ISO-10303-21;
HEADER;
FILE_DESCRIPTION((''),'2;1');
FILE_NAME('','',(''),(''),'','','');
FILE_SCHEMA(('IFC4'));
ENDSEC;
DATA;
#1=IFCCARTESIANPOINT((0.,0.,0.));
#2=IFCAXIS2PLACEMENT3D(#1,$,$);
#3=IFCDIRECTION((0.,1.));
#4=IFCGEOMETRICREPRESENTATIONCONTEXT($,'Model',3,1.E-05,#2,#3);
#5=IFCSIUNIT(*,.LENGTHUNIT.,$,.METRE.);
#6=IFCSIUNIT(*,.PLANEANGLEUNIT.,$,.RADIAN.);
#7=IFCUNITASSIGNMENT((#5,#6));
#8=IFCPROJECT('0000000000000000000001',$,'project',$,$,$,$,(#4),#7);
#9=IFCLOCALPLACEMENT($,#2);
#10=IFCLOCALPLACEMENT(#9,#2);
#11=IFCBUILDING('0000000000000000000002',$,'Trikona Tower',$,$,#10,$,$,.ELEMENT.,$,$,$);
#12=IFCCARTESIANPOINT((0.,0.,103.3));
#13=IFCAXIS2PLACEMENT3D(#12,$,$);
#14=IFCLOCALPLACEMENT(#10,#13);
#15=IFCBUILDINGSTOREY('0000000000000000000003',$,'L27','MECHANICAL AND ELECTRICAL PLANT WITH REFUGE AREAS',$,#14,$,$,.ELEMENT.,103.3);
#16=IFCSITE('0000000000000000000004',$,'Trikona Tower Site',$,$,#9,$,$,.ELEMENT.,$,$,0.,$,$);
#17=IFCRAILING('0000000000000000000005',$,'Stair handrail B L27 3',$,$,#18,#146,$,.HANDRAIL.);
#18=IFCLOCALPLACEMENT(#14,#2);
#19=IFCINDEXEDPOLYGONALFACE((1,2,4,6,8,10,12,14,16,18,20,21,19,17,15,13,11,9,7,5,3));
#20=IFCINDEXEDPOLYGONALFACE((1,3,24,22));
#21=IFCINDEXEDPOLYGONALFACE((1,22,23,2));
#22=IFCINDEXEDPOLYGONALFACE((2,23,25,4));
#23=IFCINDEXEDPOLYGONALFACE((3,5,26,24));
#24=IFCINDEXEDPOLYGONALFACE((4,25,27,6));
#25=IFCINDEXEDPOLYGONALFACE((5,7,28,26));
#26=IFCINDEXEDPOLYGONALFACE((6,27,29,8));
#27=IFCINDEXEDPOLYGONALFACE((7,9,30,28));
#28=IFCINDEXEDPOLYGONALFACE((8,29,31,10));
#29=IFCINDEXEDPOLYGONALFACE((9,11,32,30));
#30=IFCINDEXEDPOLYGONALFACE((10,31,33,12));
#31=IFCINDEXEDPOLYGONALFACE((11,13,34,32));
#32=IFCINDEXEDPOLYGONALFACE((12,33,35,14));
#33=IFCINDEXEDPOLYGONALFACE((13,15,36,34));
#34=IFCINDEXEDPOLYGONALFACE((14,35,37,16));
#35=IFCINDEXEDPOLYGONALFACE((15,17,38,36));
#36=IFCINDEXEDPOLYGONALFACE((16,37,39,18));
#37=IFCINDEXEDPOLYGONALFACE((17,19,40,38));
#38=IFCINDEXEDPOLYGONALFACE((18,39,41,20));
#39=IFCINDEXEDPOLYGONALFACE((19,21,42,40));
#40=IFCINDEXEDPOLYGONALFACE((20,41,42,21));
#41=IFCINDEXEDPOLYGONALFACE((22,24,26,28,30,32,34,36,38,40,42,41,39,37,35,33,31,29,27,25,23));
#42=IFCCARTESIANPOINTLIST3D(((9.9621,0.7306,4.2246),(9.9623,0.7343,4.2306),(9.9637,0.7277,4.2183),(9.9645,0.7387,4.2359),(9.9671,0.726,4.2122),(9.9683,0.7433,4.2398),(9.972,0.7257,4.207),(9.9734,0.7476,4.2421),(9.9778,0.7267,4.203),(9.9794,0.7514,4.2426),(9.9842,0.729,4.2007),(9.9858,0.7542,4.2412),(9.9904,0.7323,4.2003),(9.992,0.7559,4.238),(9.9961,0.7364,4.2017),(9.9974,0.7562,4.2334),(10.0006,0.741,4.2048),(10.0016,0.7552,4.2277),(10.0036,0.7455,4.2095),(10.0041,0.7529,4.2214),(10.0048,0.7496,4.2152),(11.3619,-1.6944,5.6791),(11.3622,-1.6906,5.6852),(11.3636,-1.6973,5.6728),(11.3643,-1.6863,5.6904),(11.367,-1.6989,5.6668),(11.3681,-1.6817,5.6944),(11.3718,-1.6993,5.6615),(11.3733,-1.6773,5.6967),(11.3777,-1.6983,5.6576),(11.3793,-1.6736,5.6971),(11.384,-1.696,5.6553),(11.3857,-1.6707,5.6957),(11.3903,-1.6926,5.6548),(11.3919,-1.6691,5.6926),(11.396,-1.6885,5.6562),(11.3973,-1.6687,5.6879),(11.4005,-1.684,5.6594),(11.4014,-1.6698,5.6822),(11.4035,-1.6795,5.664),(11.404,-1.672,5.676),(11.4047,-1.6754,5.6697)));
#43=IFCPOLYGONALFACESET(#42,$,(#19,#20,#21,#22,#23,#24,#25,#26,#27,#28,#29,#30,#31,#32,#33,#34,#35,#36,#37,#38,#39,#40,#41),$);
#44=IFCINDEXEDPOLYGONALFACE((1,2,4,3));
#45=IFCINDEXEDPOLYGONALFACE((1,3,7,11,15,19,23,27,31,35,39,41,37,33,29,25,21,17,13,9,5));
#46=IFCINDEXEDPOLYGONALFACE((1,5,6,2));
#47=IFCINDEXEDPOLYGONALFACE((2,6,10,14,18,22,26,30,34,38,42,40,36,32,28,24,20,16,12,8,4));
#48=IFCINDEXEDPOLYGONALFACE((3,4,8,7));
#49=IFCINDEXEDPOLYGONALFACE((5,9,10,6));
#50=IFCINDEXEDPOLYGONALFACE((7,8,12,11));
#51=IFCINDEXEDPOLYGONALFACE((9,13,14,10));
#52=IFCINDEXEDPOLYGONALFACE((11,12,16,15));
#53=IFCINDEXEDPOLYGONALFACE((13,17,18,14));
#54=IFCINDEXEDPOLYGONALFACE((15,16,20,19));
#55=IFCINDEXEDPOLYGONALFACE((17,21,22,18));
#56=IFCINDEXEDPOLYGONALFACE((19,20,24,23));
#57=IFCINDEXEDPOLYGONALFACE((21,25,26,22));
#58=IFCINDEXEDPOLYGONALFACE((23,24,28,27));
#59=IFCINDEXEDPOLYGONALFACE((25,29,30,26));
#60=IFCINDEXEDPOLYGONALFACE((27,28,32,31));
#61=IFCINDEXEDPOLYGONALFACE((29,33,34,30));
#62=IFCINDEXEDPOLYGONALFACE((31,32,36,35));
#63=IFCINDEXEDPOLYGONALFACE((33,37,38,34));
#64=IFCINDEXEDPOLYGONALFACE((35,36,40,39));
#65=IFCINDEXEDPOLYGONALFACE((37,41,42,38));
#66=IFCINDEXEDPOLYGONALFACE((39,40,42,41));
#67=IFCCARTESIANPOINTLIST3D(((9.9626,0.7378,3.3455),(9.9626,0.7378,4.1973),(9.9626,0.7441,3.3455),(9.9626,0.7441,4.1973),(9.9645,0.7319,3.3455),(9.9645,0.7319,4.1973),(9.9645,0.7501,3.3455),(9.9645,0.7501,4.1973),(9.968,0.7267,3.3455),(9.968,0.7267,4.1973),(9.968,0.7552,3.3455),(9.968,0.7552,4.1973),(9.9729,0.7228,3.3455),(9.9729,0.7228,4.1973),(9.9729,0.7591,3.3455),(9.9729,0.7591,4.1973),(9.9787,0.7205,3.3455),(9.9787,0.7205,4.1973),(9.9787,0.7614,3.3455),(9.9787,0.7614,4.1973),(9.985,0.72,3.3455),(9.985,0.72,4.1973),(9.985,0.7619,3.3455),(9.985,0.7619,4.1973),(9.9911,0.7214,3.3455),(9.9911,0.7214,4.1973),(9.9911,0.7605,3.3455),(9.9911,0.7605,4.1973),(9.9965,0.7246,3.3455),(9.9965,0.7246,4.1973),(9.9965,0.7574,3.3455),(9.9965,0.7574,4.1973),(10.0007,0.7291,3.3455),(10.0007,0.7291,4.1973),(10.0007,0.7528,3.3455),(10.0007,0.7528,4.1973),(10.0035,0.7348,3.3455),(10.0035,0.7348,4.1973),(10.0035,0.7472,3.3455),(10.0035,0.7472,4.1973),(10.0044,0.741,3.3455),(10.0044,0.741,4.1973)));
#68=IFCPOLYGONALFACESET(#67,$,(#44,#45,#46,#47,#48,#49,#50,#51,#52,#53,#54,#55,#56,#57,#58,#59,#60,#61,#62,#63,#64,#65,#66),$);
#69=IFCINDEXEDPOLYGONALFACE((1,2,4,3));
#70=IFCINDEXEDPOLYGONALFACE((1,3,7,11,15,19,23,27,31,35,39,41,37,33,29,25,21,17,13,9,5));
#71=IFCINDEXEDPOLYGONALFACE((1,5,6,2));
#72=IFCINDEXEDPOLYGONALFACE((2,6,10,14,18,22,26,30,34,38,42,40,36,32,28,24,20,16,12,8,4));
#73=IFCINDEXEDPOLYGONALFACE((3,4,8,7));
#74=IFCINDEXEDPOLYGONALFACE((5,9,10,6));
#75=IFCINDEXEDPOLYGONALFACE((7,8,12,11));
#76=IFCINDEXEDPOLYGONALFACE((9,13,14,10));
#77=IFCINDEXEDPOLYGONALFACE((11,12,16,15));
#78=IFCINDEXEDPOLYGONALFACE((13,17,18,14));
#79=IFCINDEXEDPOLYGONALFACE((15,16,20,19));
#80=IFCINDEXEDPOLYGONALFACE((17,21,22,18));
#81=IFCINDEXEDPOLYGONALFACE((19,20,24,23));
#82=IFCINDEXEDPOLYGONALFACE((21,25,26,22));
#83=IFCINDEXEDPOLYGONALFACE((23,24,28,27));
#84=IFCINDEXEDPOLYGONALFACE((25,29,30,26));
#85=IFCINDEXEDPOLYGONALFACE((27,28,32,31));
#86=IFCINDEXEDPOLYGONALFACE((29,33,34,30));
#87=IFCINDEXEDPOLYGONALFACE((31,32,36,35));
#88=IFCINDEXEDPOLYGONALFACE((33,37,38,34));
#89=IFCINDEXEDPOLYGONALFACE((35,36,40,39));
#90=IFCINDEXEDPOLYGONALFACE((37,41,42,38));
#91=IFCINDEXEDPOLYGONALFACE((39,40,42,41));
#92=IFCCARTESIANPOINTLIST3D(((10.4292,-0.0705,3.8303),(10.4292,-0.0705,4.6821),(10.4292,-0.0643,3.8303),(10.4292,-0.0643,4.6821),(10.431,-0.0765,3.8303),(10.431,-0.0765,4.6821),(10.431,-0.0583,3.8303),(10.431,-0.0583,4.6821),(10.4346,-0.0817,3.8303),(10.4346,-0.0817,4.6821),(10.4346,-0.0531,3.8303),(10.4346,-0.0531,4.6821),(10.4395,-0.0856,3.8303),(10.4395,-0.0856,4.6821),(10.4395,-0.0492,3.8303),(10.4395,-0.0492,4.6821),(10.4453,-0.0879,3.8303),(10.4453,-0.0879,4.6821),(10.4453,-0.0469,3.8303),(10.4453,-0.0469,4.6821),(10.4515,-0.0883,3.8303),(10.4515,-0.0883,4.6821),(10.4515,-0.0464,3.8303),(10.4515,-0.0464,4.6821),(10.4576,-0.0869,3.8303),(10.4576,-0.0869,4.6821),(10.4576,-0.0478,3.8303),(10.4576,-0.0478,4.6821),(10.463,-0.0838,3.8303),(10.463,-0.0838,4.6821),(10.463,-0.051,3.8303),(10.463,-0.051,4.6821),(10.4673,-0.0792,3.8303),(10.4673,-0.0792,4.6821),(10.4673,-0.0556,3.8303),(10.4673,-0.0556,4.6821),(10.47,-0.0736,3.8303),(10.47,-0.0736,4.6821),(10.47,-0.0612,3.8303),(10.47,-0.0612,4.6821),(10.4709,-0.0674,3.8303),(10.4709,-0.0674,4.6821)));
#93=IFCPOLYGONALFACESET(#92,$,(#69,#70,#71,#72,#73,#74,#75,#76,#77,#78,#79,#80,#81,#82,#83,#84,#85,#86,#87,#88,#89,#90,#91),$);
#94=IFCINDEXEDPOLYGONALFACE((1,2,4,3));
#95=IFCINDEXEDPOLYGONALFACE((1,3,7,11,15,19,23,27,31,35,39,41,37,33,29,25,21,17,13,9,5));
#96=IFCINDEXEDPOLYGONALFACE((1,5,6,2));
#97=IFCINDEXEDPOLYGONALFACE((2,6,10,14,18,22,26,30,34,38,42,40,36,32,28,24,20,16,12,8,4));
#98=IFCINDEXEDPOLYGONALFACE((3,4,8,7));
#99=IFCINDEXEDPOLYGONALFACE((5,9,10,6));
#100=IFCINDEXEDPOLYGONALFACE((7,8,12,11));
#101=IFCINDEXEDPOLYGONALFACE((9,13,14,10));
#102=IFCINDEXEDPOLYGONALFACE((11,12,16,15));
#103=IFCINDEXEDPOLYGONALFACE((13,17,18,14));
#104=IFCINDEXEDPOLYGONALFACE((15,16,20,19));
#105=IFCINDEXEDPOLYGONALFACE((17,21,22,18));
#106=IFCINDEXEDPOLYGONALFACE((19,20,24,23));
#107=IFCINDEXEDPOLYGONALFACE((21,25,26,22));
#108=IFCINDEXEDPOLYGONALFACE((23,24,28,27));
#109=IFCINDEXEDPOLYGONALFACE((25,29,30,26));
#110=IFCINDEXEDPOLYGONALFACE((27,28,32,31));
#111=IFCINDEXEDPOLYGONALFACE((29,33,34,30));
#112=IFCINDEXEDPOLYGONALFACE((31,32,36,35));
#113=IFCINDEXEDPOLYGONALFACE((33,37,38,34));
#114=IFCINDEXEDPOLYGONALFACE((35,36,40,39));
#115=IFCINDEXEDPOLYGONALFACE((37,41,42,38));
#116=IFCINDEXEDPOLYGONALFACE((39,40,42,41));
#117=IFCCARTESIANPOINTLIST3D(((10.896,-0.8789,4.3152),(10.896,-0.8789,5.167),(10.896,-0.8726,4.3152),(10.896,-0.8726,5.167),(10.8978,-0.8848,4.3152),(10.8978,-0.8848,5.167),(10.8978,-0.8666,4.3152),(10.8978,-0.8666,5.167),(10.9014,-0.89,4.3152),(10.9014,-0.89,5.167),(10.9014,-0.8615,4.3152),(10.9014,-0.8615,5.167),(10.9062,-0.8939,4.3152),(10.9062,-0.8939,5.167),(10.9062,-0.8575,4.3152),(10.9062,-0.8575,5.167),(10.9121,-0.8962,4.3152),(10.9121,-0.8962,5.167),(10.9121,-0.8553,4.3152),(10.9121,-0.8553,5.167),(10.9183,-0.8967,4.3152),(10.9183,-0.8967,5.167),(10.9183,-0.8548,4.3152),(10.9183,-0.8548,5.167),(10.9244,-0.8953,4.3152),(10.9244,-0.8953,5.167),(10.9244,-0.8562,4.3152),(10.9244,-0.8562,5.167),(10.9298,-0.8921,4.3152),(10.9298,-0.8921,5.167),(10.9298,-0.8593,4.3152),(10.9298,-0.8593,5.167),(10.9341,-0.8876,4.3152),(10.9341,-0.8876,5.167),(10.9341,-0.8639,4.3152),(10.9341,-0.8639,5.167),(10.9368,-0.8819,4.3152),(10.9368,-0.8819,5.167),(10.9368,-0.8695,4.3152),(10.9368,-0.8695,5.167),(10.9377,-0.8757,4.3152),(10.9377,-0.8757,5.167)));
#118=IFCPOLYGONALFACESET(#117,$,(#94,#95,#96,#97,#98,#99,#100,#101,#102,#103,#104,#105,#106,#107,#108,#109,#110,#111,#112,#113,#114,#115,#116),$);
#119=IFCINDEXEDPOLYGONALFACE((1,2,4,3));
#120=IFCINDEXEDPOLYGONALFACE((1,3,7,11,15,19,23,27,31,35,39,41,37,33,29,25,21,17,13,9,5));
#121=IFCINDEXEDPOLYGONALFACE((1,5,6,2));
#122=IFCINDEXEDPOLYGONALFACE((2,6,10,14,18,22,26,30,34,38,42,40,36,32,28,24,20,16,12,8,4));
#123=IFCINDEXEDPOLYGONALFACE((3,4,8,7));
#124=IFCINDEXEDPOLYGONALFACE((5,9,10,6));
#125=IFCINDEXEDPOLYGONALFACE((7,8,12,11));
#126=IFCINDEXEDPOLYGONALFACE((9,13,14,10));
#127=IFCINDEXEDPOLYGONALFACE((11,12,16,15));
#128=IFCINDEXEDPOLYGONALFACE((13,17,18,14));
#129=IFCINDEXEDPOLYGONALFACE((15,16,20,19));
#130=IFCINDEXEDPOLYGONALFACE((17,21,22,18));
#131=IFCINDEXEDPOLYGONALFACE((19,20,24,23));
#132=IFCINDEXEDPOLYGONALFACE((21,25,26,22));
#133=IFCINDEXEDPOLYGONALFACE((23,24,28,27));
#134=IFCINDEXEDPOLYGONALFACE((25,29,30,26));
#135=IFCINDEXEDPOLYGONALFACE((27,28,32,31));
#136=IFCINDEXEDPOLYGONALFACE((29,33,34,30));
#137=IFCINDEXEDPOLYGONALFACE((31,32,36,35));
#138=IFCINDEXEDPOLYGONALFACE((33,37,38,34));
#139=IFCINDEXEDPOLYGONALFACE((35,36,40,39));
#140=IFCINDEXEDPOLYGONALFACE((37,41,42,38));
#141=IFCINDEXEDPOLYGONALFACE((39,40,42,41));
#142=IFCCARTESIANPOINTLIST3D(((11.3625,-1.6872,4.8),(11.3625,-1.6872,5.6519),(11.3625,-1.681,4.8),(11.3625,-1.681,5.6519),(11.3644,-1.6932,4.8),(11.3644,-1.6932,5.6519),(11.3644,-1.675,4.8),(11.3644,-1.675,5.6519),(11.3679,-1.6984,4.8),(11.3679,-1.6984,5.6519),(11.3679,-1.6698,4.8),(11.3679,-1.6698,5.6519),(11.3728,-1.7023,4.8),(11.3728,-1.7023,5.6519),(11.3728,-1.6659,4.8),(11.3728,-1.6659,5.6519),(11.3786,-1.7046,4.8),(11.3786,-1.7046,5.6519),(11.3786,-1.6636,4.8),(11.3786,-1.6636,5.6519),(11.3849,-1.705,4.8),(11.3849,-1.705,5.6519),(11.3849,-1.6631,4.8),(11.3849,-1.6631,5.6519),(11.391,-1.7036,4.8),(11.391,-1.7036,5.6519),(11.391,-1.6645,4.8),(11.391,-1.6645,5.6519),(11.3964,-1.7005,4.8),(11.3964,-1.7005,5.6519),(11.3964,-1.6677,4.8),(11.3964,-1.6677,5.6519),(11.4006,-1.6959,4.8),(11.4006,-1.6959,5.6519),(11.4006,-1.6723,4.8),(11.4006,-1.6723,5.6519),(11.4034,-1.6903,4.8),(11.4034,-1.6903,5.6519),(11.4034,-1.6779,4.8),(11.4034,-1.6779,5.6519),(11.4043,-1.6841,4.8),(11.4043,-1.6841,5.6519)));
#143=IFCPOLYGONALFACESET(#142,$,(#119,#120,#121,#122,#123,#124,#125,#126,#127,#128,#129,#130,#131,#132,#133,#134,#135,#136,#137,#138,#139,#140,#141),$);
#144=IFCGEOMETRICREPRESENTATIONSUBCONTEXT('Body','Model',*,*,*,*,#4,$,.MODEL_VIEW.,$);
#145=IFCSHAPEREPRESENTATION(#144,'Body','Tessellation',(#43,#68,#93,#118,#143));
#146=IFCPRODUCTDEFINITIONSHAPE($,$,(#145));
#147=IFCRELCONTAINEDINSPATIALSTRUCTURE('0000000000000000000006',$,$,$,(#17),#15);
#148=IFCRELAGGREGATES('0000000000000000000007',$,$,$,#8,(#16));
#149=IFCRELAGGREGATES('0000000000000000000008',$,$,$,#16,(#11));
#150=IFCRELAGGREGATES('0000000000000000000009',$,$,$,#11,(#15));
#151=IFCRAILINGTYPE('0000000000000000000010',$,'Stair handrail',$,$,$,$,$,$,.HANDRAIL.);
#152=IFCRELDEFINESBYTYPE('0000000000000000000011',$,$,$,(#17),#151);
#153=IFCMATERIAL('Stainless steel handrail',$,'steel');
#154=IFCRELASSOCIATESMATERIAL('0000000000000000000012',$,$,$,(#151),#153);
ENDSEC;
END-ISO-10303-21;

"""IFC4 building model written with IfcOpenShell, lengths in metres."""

from ifc_helpers import new_model, si_unit, direction, frame, origin, origin_2d, place, context, subcontext, project, spatial, circle, extrude, material, type_object, element, save


model = new_model("IFC4")

# Units and contexts
model_context = context("Model", 3, precision=1e-05, world=origin(), true_north=direction((0.0, 1.0)))
body_context = subcontext(model_context, "Body", "Model", "MODEL_VIEW")
ifc_project = project(units=[si_unit("LENGTHUNIT", "METRE"), si_unit("PLANEANGLEUNIT", "RADIAN")], contexts=[model_context])

# Site, building, storey
site_placement = place(None, origin())
site = spatial("IfcSite", under=ifc_project, at=site_placement, Name="Trikona Tower Site", CompositionType="ELEMENT", RefElevation=0.0)
building_placement = place(site_placement, origin())
building = spatial("IfcBuilding", under=site, at=building_placement, Name="Trikona Tower", CompositionType="ELEMENT")
storey_placement = place(building_placement, frame((0.0, 0.0, 103.3)))
storey = spatial("IfcBuildingStorey", under=building, at=storey_placement, Name="L27", Description="MECHANICAL AND ELECTRICAL PLANT WITH REFUGE AREAS", CompositionType="ELEMENT", Elevation=103.3)

# Railing
ifc_material_1 = material(Name="Stainless steel handrail", Category="steel")
railing_type = type_object("IfcRailingType", Name="Stair handrail", PredefinedType="HANDRAIL", material=ifc_material_1)
railing_1_placement = place(storey_placement, frame((9.9834, 0.741, 3.3455)))
element("IfcRailing", 1, at=railing_1_placement, inside=storey, type_object=railing_type, Name="Stair handrail B L27 3", PredefinedType="HANDRAIL", context=body_context, shape_type="SweptSolid", body=[
    extrude(circle(Radius=0.0239, at=origin_2d()), frame((0.0, 0.0, 0.876), z_axis=(0.443656, -0.768544, 0.460987), x_axis=(0.866056, 0.499946, 0.0)), (0.0, 0.0, 1.0), 3.1553),
    extrude(circle(Radius=0.021, at=origin_2d()), origin(), (0.0, 0.0, 1.0), 0.8518),
    extrude(circle(Radius=0.021, at=origin_2d()), frame((0.4666, -0.8083, 0.4849)), (0.0, 0.0, 1.0), 0.8518),
    extrude(circle(Radius=0.021, at=origin_2d()), frame((0.9333, -1.6167, 0.9697)), (0.0, 0.0, 1.0), 0.8518),
    extrude(circle(Radius=0.021, at=origin_2d()), frame((1.3999, -2.425, 1.4546)), (0.0, 0.0, 1.0), 0.8518),
])

save(model, "model.ifc")
